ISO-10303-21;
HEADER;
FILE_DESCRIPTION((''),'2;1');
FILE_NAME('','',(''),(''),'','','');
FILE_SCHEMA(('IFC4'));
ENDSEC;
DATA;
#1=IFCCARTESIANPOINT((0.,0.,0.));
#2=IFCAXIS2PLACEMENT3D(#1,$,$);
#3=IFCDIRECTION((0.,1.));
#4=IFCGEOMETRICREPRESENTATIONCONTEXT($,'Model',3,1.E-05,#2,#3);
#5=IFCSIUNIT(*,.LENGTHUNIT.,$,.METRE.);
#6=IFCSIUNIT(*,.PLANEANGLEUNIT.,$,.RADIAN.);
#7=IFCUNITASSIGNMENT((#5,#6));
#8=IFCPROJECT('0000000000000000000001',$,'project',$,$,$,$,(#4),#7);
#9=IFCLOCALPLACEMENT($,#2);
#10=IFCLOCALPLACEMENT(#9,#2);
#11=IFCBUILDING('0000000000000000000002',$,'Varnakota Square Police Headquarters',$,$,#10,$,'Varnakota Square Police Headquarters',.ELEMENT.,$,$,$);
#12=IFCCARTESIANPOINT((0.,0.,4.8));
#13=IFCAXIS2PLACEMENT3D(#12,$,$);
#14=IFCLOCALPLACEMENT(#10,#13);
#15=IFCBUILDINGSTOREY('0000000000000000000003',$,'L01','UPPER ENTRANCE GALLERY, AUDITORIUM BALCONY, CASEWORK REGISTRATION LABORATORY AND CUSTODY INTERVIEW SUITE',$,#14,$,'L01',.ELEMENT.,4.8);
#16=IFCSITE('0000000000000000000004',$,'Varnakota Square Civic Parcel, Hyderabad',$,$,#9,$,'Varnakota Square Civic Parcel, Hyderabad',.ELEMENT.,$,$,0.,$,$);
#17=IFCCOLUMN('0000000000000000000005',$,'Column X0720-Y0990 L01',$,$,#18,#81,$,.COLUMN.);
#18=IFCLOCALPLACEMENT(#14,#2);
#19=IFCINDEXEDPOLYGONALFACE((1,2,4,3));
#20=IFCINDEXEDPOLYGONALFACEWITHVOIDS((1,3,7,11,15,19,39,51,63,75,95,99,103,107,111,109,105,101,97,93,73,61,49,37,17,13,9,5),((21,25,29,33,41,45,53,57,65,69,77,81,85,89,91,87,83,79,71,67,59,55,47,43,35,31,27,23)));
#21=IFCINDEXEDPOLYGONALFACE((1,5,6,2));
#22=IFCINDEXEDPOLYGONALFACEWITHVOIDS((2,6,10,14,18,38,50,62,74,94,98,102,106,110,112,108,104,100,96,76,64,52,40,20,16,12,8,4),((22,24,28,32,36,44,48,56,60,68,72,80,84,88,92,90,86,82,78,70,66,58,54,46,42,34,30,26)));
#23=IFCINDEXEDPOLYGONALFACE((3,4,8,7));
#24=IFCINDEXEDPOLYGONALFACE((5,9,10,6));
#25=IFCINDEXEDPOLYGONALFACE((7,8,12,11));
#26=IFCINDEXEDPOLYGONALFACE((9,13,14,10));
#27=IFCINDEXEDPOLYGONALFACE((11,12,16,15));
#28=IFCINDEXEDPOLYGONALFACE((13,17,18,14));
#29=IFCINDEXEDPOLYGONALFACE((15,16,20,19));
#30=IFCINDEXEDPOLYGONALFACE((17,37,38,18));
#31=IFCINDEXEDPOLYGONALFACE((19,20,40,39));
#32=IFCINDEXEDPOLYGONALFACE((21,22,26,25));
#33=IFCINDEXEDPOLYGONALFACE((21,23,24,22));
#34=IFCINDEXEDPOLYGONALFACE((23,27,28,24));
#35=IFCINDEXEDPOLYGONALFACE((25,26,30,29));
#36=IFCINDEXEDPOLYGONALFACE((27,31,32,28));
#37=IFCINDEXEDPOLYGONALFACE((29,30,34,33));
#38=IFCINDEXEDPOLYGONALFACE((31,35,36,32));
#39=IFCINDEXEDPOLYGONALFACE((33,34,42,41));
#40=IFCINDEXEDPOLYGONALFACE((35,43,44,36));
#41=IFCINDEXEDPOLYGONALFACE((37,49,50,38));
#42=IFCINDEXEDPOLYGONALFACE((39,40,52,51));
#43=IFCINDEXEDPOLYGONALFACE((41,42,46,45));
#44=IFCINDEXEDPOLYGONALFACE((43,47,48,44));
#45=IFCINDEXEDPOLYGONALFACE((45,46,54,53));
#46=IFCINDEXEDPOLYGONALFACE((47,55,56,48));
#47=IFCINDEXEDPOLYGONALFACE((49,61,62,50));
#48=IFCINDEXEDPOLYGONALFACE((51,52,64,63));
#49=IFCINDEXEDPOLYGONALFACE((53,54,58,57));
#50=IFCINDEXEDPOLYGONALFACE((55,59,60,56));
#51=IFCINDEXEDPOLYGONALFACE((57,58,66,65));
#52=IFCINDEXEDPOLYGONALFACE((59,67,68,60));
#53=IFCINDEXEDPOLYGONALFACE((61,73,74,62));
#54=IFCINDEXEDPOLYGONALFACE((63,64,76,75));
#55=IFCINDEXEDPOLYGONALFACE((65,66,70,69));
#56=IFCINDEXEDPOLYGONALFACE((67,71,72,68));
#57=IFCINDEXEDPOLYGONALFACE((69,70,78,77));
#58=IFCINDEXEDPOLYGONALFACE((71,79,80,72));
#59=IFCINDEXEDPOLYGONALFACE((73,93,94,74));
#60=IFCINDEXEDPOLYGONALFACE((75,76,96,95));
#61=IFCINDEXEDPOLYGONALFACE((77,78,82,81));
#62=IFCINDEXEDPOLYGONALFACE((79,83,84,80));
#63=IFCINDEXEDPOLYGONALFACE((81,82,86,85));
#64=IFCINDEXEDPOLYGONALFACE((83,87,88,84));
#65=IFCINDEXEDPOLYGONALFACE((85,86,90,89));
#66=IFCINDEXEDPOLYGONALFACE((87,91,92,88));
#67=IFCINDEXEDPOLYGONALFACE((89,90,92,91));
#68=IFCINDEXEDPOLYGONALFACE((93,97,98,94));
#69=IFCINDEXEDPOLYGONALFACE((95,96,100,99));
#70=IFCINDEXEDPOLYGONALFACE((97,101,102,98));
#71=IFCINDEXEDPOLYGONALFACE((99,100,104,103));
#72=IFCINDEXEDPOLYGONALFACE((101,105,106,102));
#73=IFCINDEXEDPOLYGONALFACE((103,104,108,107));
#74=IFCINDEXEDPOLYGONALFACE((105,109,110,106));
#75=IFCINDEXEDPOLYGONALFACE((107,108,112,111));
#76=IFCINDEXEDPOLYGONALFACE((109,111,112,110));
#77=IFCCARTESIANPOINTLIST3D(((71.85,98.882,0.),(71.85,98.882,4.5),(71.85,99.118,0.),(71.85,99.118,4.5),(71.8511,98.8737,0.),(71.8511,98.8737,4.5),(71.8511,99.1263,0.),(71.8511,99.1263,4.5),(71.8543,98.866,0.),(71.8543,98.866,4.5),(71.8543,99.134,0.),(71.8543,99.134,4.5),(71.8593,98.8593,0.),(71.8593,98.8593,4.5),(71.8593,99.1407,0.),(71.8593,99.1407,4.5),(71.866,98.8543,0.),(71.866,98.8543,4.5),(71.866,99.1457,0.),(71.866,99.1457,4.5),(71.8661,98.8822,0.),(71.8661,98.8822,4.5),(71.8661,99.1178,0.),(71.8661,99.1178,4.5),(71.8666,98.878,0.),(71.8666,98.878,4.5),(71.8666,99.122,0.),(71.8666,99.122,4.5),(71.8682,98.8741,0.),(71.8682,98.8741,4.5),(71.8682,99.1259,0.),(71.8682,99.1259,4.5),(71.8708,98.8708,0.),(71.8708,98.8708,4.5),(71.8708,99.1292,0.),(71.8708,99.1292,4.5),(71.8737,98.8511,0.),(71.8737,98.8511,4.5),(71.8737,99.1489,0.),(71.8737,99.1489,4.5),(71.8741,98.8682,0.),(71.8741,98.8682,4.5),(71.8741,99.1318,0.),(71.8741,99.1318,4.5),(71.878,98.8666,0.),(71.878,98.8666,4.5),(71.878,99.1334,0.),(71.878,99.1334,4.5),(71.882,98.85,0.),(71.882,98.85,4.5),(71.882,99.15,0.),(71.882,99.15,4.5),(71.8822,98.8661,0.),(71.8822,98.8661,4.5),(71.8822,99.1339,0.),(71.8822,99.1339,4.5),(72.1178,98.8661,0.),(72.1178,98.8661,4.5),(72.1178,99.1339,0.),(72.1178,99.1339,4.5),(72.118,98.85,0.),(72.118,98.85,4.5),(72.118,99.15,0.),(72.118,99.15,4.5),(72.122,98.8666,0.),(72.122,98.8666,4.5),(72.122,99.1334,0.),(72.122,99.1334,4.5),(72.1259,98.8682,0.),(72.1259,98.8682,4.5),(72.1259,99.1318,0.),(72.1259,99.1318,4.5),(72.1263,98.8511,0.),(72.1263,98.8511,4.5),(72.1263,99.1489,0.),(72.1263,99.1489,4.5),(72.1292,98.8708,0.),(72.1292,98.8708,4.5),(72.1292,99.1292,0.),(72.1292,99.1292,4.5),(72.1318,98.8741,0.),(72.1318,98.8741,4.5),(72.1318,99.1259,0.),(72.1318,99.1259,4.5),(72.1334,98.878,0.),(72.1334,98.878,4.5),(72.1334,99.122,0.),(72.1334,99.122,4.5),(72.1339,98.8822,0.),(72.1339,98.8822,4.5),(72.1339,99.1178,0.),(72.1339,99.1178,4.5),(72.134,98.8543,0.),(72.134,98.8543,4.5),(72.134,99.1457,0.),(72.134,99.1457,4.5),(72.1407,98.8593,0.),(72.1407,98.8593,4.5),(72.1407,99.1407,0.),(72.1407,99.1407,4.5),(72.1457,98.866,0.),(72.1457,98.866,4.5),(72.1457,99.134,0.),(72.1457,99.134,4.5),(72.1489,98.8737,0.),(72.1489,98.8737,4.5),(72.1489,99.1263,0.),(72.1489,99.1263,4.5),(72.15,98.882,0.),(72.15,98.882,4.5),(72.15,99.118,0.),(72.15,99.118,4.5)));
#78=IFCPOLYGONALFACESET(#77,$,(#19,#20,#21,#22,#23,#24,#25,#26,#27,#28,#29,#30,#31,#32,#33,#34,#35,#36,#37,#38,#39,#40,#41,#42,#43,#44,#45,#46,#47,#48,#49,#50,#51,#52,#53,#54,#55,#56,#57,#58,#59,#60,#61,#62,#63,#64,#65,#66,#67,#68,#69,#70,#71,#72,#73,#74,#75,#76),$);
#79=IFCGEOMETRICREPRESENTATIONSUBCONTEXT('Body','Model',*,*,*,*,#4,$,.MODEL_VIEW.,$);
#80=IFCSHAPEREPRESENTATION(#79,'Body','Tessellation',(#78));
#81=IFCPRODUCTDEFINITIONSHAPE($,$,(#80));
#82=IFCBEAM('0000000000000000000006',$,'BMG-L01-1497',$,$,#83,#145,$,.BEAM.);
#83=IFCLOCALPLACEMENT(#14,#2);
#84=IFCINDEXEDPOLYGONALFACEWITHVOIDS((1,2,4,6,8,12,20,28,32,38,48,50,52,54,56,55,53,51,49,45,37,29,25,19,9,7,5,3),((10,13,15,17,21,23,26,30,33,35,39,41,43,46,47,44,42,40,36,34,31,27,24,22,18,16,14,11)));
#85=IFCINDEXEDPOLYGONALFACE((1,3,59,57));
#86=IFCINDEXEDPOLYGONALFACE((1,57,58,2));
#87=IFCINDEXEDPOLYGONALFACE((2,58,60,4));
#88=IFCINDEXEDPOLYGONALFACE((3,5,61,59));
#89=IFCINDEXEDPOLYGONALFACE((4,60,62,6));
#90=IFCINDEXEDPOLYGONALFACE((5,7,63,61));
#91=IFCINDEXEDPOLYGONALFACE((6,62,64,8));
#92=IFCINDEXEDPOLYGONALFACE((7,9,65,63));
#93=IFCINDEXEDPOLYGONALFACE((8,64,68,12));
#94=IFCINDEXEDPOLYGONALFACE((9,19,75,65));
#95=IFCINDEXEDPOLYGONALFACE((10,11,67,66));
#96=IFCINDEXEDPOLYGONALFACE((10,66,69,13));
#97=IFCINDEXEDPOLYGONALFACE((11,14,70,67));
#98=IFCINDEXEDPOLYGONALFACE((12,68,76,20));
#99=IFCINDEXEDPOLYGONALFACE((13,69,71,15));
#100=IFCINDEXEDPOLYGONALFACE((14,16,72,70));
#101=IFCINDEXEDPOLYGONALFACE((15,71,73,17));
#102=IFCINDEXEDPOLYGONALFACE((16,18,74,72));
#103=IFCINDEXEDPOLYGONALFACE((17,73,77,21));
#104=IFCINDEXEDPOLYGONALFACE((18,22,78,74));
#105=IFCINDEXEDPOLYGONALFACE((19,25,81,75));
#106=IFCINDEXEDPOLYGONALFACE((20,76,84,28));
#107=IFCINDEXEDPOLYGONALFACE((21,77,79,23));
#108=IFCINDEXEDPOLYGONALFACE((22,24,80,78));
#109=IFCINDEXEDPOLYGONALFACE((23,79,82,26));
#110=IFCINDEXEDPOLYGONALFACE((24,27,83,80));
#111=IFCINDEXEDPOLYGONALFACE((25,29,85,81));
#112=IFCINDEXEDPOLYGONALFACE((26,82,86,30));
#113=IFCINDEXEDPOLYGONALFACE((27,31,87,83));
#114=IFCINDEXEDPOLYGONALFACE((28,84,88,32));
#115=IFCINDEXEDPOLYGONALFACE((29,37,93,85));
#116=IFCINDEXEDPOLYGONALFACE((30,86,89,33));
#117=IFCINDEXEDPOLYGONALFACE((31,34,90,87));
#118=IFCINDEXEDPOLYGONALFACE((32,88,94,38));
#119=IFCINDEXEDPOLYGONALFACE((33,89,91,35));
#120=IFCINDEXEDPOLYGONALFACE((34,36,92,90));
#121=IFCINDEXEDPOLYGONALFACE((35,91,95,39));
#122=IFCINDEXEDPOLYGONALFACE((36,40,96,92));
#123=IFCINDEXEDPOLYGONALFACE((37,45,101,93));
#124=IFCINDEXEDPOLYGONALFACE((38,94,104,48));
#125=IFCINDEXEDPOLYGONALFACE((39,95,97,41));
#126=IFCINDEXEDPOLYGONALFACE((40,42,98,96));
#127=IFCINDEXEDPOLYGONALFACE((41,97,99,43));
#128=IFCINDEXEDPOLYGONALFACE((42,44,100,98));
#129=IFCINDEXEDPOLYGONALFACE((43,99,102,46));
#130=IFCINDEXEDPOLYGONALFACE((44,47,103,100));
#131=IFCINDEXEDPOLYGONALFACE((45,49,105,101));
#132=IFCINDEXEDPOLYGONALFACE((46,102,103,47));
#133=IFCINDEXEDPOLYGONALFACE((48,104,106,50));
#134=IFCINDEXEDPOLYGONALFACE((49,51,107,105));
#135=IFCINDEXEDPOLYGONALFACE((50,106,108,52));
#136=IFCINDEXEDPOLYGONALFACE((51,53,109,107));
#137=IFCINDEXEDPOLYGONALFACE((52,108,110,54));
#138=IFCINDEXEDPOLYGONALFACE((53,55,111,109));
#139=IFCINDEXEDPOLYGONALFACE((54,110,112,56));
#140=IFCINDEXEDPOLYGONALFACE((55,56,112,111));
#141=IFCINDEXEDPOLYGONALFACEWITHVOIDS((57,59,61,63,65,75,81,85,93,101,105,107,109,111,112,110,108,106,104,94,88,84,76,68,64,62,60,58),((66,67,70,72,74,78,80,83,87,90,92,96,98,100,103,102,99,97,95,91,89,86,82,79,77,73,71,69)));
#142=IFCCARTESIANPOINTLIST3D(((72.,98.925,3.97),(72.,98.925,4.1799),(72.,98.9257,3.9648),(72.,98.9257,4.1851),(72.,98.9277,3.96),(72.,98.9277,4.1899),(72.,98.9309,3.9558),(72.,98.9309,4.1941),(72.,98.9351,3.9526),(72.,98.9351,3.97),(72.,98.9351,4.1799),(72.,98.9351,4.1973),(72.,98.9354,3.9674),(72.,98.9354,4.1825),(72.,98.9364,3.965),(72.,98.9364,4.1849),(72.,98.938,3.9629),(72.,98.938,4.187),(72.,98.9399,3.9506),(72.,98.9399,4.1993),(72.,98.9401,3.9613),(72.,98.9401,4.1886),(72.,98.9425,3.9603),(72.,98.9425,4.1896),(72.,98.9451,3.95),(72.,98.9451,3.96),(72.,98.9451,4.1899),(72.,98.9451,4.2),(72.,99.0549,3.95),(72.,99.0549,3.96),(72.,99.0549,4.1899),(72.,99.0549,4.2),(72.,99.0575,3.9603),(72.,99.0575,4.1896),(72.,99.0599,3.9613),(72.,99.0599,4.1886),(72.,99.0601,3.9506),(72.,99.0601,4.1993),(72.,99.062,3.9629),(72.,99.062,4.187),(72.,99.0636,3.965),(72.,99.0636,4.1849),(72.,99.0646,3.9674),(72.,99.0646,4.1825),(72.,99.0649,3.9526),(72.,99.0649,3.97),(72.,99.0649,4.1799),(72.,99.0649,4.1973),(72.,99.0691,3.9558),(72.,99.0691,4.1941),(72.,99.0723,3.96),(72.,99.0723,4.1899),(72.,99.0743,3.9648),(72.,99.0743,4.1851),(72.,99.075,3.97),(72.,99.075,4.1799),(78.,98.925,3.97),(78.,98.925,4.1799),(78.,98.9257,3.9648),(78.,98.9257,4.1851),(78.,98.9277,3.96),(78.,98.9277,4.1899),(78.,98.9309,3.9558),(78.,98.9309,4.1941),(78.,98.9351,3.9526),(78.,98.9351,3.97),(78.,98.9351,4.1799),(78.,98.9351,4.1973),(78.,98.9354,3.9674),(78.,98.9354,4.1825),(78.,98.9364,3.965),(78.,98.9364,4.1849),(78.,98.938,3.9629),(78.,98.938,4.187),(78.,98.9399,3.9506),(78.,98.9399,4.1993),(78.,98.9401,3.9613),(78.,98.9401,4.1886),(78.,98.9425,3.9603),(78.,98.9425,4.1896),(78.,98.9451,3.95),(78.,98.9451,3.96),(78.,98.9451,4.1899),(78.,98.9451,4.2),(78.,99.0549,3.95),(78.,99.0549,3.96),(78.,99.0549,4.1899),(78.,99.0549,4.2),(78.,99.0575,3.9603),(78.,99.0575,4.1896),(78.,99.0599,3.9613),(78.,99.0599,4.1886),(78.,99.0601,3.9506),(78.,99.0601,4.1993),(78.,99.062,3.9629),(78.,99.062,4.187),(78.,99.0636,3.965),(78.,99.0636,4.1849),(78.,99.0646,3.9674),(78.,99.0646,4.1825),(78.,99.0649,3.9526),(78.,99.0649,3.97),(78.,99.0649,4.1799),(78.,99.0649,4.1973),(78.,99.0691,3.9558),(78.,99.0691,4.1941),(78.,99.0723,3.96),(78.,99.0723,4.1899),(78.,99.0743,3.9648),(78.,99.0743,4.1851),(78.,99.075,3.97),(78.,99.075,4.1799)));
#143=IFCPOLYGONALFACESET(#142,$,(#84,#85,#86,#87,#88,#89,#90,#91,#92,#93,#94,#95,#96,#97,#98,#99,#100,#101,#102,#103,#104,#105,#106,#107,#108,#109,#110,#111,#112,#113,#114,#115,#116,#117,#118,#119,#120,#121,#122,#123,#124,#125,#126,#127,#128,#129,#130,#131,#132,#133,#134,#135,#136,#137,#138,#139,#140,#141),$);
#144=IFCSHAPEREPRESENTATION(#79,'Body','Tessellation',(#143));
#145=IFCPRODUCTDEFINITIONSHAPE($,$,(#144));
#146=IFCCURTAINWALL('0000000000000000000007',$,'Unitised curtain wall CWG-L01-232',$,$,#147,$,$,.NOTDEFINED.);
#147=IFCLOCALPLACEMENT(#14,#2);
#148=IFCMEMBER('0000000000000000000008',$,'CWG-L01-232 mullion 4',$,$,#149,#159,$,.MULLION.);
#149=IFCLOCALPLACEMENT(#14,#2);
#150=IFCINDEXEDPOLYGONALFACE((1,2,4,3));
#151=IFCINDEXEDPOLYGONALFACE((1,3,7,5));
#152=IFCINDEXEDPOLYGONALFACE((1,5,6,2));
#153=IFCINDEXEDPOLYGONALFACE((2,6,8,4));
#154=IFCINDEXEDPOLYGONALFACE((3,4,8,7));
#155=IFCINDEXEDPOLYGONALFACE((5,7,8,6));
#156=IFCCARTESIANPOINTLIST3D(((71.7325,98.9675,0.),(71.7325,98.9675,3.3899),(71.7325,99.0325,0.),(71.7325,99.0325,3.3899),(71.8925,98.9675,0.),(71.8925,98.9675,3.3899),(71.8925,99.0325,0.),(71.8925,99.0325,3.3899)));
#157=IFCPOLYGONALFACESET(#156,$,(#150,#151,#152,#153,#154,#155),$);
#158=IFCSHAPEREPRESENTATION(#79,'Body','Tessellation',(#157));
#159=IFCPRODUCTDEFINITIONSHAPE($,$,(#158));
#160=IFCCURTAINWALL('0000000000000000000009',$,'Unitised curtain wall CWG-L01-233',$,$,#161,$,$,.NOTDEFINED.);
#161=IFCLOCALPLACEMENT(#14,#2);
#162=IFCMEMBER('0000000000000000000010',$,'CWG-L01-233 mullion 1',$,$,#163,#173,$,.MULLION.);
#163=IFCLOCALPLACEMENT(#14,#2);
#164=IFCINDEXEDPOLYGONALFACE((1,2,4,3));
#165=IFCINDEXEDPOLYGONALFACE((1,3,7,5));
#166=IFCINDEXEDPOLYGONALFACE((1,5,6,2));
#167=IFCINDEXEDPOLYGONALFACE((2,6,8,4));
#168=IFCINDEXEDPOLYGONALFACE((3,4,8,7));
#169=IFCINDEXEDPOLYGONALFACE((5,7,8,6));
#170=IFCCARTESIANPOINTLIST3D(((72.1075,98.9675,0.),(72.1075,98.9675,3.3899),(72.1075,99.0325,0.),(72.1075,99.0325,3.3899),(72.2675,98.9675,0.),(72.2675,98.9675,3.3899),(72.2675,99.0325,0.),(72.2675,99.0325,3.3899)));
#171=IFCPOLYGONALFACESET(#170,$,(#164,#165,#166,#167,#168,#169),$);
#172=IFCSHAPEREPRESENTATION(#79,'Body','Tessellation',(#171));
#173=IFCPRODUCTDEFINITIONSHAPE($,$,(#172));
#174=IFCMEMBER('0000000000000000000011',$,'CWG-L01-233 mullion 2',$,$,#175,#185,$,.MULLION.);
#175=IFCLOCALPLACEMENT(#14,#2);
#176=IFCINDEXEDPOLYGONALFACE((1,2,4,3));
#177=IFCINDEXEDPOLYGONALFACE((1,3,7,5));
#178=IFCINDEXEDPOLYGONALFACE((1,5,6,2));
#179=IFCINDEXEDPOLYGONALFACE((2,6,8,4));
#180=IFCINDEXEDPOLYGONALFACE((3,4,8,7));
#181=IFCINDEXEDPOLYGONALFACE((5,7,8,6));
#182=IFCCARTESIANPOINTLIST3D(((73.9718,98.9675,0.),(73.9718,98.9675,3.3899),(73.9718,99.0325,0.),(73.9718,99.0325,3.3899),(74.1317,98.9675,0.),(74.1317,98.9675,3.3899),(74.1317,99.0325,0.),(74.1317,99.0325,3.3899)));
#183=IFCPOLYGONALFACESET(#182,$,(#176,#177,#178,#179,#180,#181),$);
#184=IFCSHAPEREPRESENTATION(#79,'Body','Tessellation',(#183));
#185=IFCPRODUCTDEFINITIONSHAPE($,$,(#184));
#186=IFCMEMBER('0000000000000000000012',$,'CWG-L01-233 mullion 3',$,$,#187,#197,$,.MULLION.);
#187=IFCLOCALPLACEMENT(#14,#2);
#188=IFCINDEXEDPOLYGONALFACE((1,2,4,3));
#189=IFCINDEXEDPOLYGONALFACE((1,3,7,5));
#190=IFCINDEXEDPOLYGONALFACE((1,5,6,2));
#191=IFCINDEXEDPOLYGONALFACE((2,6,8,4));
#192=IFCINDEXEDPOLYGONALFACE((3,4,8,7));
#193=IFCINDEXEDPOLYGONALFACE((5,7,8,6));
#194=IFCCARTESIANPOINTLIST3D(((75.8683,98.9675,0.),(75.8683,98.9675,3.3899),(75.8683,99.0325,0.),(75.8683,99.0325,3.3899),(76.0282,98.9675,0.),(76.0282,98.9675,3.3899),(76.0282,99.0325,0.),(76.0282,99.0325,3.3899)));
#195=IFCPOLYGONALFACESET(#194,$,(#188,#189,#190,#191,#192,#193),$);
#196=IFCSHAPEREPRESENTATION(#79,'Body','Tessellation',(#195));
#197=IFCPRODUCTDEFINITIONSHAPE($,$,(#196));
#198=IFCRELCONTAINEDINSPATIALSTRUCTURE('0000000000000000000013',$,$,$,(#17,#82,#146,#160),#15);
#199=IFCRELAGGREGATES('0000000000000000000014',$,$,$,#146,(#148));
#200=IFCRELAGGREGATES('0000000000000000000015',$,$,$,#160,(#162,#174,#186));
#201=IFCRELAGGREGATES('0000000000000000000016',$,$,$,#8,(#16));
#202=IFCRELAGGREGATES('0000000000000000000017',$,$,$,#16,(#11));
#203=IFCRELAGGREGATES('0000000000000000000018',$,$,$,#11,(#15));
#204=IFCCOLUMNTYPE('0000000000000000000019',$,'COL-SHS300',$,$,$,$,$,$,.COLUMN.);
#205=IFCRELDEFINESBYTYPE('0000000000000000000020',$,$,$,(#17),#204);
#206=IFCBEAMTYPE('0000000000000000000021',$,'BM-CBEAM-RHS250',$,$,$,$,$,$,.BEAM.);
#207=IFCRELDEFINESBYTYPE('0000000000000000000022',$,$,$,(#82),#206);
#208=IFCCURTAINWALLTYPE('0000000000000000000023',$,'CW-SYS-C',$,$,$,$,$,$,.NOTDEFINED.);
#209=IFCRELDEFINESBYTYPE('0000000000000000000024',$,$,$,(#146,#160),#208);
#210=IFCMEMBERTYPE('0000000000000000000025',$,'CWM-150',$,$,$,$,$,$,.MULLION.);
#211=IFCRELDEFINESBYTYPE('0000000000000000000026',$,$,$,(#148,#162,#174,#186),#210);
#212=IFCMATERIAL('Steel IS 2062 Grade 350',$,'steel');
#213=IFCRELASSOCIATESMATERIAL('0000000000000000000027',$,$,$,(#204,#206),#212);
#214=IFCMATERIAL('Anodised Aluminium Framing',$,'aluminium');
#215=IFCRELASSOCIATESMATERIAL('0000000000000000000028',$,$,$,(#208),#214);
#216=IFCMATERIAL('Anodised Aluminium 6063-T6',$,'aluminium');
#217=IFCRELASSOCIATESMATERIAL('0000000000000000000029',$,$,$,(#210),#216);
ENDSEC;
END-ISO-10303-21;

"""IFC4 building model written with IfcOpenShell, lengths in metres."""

from ifc_helpers import new_model, si_unit, direction, frame, origin, origin_2d, place, context, subcontext, project, spatial, rectangle, hollow_rectangle, extrude, material, material_profile, profile_set, type_object, element, aggregate, save


model = new_model("IFC4")

# Units and contexts
model_context = context("Model", 3, precision=1e-05, world=origin(), true_north=direction((0.0, 1.0)))
body_context = subcontext(model_context, "Body", "Model", "MODEL_VIEW")
ifc_project = project(units=[si_unit("LENGTHUNIT", "METRE"), si_unit("PLANEANGLEUNIT", "RADIAN")], contexts=[model_context])

# Site, building, storey
site_placement = place(None, origin())
site = spatial("IfcSite", under=ifc_project, at=site_placement, Name="Varnakota Square Civic Parcel, Hyderabad", LongName="Varnakota Square Civic Parcel, Hyderabad", CompositionType="ELEMENT", RefElevation=0.0)
building_placement = place(site_placement, origin())
building = spatial("IfcBuilding", under=site, at=building_placement, Name="Varnakota Square Police Headquarters", LongName="Varnakota Square Police Headquarters", CompositionType="ELEMENT")
storey_placement = place(building_placement, frame((0.0, 0.0, 4.8)))
storey = spatial("IfcBuildingStorey", under=building, at=storey_placement, Name="L01", Description="UPPER ENTRANCE GALLERY, AUDITORIUM BALCONY, CASEWORK REGISTRATION LABORATORY AND CUSTODY INTERVIEW SUITE", LongName="L01", CompositionType="ELEMENT", Elevation=4.8)

# Column
ifc_material_1 = material(Name="Steel IS 2062 Grade 350", Category="steel")
ifc_material_profile_1 = material_profile(ifc_material_1, hollow_rectangle(XDim=0.3, YDim=0.3, WallThickness=0.0161, InnerFilletRadius=0.0161, OuterFilletRadius=0.032, at=origin_2d()), Name="SHS 300x300x16")
ifc_profile_set_1 = profile_set([ifc_material_profile_1], Name="Steel IS 2062 Grade 350")
column_type = type_object("IfcColumnType", Name="COL-SHS300", PredefinedType="COLUMN", material=ifc_profile_set_1)
column_placement = place(storey_placement, frame((72.0, 99.0, 0.0), z_axis=(0.0, 0.0, 1.0), x_axis=(1.0, 0.0, 0.0)))
element("IfcColumn", 1, at=column_placement, inside=storey, type_object=column_type, Name="Column X0720-Y0990 L01", PredefinedType="COLUMN", context=body_context, shape_type="SweptSolid", body=[
    extrude(hollow_rectangle(XDim=0.3, YDim=0.3, WallThickness=0.0161, InnerFilletRadius=0.0161, OuterFilletRadius=0.032, at=origin_2d()), origin(), (0.0, 0.0, 1.0), 4.5),
])

# Beam
ifc_material_profile_2 = material_profile(ifc_material_1, hollow_rectangle(XDim=0.1499, YDim=0.25, WallThickness=0.01, InnerFilletRadius=0.01, OuterFilletRadius=0.02, at=origin_2d()), Name="RHS 250x150x10")
ifc_profile_set_2 = profile_set([ifc_material_profile_2], Name="Steel IS 2062 Grade 350")
beam_type = type_object("IfcBeamType", Name="BM-CBEAM-RHS250", PredefinedType="BEAM", material=ifc_profile_set_2)
beam_placement = place(storey_placement, frame((72.0, 99.0, 4.075), z_axis=(1.0, 0.0, 0.0), x_axis=(0.0, 1.0, 0.0)))
element("IfcBeam", 2, at=beam_placement, inside=storey, type_object=beam_type, Name="BMG-L01-1497", PredefinedType="BEAM", context=body_context, shape_type="SweptSolid", body=[
    extrude(hollow_rectangle(XDim=0.1499, YDim=0.25, WallThickness=0.01, InnerFilletRadius=0.01, OuterFilletRadius=0.02, at=origin_2d()), origin(), (0.0, 0.0, 1.0), 6.0),
])

# Curtain wall, member
ifc_material_2 = material(Name="Anodised Aluminium Framing", Category="aluminium")
curtain_wall_type = type_object("IfcCurtainWallType", Name="CW-SYS-C", PredefinedType="NOTDEFINED", material=ifc_material_2)
curtain_wall_1_placement = place(storey_placement, origin())
curtain_wall_1 = element("IfcCurtainWall", 3, at=curtain_wall_1_placement, inside=storey, type_object=curtain_wall_type, Name="Unitised curtain wall CWG-L01-232", PredefinedType="NOTDEFINED")
ifc_material_3 = material(Name="Anodised Aluminium 6063-T6", Category="aluminium")
ifc_material_profile_3 = material_profile(ifc_material_3, rectangle(XDim=0.0649, YDim=0.1599, at=origin_2d()), Name="ALU MULLION 65x160")
ifc_profile_set_3 = profile_set([ifc_material_profile_3], Name="Anodised Aluminium 6063-T6")
member_type_1 = type_object("IfcMemberType", Name="CWM-150", PredefinedType="MULLION", material=ifc_profile_set_3)
member_1_placement = place(storey_placement, frame((71.8125, 99.0, 0.0), z_axis=(0.0, 0.0, 1.0), x_axis=(0.0, 1.0, 0.0)))
member_1 = element("IfcMember", 4, at=member_1_placement, type_object=member_type_1, Name="CWG-L01-232 mullion 4", PredefinedType="MULLION", context=body_context, shape_type="SweptSolid", body=[
    extrude(rectangle(XDim=0.0649, YDim=0.1599, at=origin_2d()), origin(), (0.0, 0.0, 1.0), 3.3899),
])
aggregate(curtain_wall_1, [member_1])

# Curtain wall, members
curtain_wall_2_placement = place(storey_placement, origin())
curtain_wall_2 = element("IfcCurtainWall", 5, at=curtain_wall_2_placement, inside=storey, type_object=curtain_wall_type, Name="Unitised curtain wall CWG-L01-233", PredefinedType="NOTDEFINED")
member_2_placement = place(storey_placement, frame((72.1875, 99.0, 0.0), z_axis=(0.0, 0.0, 1.0), x_axis=(0.0, 1.0, 0.0)))
member_2 = element("IfcMember", 6, at=member_2_placement, type_object=member_type_1, Name="CWG-L01-233 mullion 1", PredefinedType="MULLION", context=body_context, shape_type="SweptSolid", body=[
    extrude(rectangle(XDim=0.0649, YDim=0.1599, at=origin_2d()), origin(), (0.0, 0.0, 1.0), 3.3899),
])
member_3_placement = place(storey_placement, frame((74.0518, 99.0, 0.0), z_axis=(0.0, 0.0, 1.0), x_axis=(0.0, 1.0, 0.0)))
member_3 = element("IfcMember", 7, at=member_3_placement, type_object=member_type_1, Name="CWG-L01-233 mullion 2", PredefinedType="MULLION", context=body_context, shape_type="SweptSolid", body=[
    extrude(rectangle(XDim=0.0649, YDim=0.1599, at=origin_2d()), origin(), (0.0, 0.0, 1.0), 3.3899),
])
member_4_placement = place(storey_placement, frame((75.9482, 99.0, 0.0), z_axis=(0.0, 0.0, 1.0), x_axis=(0.0, 1.0, 0.0)))
member_4 = element("IfcMember", 8, at=member_4_placement, type_object=member_type_1, Name="CWG-L01-233 mullion 3", PredefinedType="MULLION", context=body_context, shape_type="SweptSolid", body=[
    extrude(rectangle(XDim=0.0649, YDim=0.1599, at=origin_2d()), origin(), (0.0, 0.0, 1.0), 3.3899),
])
aggregate(curtain_wall_2, [member_2, member_3, member_4])

save(model, "model.ifc")
